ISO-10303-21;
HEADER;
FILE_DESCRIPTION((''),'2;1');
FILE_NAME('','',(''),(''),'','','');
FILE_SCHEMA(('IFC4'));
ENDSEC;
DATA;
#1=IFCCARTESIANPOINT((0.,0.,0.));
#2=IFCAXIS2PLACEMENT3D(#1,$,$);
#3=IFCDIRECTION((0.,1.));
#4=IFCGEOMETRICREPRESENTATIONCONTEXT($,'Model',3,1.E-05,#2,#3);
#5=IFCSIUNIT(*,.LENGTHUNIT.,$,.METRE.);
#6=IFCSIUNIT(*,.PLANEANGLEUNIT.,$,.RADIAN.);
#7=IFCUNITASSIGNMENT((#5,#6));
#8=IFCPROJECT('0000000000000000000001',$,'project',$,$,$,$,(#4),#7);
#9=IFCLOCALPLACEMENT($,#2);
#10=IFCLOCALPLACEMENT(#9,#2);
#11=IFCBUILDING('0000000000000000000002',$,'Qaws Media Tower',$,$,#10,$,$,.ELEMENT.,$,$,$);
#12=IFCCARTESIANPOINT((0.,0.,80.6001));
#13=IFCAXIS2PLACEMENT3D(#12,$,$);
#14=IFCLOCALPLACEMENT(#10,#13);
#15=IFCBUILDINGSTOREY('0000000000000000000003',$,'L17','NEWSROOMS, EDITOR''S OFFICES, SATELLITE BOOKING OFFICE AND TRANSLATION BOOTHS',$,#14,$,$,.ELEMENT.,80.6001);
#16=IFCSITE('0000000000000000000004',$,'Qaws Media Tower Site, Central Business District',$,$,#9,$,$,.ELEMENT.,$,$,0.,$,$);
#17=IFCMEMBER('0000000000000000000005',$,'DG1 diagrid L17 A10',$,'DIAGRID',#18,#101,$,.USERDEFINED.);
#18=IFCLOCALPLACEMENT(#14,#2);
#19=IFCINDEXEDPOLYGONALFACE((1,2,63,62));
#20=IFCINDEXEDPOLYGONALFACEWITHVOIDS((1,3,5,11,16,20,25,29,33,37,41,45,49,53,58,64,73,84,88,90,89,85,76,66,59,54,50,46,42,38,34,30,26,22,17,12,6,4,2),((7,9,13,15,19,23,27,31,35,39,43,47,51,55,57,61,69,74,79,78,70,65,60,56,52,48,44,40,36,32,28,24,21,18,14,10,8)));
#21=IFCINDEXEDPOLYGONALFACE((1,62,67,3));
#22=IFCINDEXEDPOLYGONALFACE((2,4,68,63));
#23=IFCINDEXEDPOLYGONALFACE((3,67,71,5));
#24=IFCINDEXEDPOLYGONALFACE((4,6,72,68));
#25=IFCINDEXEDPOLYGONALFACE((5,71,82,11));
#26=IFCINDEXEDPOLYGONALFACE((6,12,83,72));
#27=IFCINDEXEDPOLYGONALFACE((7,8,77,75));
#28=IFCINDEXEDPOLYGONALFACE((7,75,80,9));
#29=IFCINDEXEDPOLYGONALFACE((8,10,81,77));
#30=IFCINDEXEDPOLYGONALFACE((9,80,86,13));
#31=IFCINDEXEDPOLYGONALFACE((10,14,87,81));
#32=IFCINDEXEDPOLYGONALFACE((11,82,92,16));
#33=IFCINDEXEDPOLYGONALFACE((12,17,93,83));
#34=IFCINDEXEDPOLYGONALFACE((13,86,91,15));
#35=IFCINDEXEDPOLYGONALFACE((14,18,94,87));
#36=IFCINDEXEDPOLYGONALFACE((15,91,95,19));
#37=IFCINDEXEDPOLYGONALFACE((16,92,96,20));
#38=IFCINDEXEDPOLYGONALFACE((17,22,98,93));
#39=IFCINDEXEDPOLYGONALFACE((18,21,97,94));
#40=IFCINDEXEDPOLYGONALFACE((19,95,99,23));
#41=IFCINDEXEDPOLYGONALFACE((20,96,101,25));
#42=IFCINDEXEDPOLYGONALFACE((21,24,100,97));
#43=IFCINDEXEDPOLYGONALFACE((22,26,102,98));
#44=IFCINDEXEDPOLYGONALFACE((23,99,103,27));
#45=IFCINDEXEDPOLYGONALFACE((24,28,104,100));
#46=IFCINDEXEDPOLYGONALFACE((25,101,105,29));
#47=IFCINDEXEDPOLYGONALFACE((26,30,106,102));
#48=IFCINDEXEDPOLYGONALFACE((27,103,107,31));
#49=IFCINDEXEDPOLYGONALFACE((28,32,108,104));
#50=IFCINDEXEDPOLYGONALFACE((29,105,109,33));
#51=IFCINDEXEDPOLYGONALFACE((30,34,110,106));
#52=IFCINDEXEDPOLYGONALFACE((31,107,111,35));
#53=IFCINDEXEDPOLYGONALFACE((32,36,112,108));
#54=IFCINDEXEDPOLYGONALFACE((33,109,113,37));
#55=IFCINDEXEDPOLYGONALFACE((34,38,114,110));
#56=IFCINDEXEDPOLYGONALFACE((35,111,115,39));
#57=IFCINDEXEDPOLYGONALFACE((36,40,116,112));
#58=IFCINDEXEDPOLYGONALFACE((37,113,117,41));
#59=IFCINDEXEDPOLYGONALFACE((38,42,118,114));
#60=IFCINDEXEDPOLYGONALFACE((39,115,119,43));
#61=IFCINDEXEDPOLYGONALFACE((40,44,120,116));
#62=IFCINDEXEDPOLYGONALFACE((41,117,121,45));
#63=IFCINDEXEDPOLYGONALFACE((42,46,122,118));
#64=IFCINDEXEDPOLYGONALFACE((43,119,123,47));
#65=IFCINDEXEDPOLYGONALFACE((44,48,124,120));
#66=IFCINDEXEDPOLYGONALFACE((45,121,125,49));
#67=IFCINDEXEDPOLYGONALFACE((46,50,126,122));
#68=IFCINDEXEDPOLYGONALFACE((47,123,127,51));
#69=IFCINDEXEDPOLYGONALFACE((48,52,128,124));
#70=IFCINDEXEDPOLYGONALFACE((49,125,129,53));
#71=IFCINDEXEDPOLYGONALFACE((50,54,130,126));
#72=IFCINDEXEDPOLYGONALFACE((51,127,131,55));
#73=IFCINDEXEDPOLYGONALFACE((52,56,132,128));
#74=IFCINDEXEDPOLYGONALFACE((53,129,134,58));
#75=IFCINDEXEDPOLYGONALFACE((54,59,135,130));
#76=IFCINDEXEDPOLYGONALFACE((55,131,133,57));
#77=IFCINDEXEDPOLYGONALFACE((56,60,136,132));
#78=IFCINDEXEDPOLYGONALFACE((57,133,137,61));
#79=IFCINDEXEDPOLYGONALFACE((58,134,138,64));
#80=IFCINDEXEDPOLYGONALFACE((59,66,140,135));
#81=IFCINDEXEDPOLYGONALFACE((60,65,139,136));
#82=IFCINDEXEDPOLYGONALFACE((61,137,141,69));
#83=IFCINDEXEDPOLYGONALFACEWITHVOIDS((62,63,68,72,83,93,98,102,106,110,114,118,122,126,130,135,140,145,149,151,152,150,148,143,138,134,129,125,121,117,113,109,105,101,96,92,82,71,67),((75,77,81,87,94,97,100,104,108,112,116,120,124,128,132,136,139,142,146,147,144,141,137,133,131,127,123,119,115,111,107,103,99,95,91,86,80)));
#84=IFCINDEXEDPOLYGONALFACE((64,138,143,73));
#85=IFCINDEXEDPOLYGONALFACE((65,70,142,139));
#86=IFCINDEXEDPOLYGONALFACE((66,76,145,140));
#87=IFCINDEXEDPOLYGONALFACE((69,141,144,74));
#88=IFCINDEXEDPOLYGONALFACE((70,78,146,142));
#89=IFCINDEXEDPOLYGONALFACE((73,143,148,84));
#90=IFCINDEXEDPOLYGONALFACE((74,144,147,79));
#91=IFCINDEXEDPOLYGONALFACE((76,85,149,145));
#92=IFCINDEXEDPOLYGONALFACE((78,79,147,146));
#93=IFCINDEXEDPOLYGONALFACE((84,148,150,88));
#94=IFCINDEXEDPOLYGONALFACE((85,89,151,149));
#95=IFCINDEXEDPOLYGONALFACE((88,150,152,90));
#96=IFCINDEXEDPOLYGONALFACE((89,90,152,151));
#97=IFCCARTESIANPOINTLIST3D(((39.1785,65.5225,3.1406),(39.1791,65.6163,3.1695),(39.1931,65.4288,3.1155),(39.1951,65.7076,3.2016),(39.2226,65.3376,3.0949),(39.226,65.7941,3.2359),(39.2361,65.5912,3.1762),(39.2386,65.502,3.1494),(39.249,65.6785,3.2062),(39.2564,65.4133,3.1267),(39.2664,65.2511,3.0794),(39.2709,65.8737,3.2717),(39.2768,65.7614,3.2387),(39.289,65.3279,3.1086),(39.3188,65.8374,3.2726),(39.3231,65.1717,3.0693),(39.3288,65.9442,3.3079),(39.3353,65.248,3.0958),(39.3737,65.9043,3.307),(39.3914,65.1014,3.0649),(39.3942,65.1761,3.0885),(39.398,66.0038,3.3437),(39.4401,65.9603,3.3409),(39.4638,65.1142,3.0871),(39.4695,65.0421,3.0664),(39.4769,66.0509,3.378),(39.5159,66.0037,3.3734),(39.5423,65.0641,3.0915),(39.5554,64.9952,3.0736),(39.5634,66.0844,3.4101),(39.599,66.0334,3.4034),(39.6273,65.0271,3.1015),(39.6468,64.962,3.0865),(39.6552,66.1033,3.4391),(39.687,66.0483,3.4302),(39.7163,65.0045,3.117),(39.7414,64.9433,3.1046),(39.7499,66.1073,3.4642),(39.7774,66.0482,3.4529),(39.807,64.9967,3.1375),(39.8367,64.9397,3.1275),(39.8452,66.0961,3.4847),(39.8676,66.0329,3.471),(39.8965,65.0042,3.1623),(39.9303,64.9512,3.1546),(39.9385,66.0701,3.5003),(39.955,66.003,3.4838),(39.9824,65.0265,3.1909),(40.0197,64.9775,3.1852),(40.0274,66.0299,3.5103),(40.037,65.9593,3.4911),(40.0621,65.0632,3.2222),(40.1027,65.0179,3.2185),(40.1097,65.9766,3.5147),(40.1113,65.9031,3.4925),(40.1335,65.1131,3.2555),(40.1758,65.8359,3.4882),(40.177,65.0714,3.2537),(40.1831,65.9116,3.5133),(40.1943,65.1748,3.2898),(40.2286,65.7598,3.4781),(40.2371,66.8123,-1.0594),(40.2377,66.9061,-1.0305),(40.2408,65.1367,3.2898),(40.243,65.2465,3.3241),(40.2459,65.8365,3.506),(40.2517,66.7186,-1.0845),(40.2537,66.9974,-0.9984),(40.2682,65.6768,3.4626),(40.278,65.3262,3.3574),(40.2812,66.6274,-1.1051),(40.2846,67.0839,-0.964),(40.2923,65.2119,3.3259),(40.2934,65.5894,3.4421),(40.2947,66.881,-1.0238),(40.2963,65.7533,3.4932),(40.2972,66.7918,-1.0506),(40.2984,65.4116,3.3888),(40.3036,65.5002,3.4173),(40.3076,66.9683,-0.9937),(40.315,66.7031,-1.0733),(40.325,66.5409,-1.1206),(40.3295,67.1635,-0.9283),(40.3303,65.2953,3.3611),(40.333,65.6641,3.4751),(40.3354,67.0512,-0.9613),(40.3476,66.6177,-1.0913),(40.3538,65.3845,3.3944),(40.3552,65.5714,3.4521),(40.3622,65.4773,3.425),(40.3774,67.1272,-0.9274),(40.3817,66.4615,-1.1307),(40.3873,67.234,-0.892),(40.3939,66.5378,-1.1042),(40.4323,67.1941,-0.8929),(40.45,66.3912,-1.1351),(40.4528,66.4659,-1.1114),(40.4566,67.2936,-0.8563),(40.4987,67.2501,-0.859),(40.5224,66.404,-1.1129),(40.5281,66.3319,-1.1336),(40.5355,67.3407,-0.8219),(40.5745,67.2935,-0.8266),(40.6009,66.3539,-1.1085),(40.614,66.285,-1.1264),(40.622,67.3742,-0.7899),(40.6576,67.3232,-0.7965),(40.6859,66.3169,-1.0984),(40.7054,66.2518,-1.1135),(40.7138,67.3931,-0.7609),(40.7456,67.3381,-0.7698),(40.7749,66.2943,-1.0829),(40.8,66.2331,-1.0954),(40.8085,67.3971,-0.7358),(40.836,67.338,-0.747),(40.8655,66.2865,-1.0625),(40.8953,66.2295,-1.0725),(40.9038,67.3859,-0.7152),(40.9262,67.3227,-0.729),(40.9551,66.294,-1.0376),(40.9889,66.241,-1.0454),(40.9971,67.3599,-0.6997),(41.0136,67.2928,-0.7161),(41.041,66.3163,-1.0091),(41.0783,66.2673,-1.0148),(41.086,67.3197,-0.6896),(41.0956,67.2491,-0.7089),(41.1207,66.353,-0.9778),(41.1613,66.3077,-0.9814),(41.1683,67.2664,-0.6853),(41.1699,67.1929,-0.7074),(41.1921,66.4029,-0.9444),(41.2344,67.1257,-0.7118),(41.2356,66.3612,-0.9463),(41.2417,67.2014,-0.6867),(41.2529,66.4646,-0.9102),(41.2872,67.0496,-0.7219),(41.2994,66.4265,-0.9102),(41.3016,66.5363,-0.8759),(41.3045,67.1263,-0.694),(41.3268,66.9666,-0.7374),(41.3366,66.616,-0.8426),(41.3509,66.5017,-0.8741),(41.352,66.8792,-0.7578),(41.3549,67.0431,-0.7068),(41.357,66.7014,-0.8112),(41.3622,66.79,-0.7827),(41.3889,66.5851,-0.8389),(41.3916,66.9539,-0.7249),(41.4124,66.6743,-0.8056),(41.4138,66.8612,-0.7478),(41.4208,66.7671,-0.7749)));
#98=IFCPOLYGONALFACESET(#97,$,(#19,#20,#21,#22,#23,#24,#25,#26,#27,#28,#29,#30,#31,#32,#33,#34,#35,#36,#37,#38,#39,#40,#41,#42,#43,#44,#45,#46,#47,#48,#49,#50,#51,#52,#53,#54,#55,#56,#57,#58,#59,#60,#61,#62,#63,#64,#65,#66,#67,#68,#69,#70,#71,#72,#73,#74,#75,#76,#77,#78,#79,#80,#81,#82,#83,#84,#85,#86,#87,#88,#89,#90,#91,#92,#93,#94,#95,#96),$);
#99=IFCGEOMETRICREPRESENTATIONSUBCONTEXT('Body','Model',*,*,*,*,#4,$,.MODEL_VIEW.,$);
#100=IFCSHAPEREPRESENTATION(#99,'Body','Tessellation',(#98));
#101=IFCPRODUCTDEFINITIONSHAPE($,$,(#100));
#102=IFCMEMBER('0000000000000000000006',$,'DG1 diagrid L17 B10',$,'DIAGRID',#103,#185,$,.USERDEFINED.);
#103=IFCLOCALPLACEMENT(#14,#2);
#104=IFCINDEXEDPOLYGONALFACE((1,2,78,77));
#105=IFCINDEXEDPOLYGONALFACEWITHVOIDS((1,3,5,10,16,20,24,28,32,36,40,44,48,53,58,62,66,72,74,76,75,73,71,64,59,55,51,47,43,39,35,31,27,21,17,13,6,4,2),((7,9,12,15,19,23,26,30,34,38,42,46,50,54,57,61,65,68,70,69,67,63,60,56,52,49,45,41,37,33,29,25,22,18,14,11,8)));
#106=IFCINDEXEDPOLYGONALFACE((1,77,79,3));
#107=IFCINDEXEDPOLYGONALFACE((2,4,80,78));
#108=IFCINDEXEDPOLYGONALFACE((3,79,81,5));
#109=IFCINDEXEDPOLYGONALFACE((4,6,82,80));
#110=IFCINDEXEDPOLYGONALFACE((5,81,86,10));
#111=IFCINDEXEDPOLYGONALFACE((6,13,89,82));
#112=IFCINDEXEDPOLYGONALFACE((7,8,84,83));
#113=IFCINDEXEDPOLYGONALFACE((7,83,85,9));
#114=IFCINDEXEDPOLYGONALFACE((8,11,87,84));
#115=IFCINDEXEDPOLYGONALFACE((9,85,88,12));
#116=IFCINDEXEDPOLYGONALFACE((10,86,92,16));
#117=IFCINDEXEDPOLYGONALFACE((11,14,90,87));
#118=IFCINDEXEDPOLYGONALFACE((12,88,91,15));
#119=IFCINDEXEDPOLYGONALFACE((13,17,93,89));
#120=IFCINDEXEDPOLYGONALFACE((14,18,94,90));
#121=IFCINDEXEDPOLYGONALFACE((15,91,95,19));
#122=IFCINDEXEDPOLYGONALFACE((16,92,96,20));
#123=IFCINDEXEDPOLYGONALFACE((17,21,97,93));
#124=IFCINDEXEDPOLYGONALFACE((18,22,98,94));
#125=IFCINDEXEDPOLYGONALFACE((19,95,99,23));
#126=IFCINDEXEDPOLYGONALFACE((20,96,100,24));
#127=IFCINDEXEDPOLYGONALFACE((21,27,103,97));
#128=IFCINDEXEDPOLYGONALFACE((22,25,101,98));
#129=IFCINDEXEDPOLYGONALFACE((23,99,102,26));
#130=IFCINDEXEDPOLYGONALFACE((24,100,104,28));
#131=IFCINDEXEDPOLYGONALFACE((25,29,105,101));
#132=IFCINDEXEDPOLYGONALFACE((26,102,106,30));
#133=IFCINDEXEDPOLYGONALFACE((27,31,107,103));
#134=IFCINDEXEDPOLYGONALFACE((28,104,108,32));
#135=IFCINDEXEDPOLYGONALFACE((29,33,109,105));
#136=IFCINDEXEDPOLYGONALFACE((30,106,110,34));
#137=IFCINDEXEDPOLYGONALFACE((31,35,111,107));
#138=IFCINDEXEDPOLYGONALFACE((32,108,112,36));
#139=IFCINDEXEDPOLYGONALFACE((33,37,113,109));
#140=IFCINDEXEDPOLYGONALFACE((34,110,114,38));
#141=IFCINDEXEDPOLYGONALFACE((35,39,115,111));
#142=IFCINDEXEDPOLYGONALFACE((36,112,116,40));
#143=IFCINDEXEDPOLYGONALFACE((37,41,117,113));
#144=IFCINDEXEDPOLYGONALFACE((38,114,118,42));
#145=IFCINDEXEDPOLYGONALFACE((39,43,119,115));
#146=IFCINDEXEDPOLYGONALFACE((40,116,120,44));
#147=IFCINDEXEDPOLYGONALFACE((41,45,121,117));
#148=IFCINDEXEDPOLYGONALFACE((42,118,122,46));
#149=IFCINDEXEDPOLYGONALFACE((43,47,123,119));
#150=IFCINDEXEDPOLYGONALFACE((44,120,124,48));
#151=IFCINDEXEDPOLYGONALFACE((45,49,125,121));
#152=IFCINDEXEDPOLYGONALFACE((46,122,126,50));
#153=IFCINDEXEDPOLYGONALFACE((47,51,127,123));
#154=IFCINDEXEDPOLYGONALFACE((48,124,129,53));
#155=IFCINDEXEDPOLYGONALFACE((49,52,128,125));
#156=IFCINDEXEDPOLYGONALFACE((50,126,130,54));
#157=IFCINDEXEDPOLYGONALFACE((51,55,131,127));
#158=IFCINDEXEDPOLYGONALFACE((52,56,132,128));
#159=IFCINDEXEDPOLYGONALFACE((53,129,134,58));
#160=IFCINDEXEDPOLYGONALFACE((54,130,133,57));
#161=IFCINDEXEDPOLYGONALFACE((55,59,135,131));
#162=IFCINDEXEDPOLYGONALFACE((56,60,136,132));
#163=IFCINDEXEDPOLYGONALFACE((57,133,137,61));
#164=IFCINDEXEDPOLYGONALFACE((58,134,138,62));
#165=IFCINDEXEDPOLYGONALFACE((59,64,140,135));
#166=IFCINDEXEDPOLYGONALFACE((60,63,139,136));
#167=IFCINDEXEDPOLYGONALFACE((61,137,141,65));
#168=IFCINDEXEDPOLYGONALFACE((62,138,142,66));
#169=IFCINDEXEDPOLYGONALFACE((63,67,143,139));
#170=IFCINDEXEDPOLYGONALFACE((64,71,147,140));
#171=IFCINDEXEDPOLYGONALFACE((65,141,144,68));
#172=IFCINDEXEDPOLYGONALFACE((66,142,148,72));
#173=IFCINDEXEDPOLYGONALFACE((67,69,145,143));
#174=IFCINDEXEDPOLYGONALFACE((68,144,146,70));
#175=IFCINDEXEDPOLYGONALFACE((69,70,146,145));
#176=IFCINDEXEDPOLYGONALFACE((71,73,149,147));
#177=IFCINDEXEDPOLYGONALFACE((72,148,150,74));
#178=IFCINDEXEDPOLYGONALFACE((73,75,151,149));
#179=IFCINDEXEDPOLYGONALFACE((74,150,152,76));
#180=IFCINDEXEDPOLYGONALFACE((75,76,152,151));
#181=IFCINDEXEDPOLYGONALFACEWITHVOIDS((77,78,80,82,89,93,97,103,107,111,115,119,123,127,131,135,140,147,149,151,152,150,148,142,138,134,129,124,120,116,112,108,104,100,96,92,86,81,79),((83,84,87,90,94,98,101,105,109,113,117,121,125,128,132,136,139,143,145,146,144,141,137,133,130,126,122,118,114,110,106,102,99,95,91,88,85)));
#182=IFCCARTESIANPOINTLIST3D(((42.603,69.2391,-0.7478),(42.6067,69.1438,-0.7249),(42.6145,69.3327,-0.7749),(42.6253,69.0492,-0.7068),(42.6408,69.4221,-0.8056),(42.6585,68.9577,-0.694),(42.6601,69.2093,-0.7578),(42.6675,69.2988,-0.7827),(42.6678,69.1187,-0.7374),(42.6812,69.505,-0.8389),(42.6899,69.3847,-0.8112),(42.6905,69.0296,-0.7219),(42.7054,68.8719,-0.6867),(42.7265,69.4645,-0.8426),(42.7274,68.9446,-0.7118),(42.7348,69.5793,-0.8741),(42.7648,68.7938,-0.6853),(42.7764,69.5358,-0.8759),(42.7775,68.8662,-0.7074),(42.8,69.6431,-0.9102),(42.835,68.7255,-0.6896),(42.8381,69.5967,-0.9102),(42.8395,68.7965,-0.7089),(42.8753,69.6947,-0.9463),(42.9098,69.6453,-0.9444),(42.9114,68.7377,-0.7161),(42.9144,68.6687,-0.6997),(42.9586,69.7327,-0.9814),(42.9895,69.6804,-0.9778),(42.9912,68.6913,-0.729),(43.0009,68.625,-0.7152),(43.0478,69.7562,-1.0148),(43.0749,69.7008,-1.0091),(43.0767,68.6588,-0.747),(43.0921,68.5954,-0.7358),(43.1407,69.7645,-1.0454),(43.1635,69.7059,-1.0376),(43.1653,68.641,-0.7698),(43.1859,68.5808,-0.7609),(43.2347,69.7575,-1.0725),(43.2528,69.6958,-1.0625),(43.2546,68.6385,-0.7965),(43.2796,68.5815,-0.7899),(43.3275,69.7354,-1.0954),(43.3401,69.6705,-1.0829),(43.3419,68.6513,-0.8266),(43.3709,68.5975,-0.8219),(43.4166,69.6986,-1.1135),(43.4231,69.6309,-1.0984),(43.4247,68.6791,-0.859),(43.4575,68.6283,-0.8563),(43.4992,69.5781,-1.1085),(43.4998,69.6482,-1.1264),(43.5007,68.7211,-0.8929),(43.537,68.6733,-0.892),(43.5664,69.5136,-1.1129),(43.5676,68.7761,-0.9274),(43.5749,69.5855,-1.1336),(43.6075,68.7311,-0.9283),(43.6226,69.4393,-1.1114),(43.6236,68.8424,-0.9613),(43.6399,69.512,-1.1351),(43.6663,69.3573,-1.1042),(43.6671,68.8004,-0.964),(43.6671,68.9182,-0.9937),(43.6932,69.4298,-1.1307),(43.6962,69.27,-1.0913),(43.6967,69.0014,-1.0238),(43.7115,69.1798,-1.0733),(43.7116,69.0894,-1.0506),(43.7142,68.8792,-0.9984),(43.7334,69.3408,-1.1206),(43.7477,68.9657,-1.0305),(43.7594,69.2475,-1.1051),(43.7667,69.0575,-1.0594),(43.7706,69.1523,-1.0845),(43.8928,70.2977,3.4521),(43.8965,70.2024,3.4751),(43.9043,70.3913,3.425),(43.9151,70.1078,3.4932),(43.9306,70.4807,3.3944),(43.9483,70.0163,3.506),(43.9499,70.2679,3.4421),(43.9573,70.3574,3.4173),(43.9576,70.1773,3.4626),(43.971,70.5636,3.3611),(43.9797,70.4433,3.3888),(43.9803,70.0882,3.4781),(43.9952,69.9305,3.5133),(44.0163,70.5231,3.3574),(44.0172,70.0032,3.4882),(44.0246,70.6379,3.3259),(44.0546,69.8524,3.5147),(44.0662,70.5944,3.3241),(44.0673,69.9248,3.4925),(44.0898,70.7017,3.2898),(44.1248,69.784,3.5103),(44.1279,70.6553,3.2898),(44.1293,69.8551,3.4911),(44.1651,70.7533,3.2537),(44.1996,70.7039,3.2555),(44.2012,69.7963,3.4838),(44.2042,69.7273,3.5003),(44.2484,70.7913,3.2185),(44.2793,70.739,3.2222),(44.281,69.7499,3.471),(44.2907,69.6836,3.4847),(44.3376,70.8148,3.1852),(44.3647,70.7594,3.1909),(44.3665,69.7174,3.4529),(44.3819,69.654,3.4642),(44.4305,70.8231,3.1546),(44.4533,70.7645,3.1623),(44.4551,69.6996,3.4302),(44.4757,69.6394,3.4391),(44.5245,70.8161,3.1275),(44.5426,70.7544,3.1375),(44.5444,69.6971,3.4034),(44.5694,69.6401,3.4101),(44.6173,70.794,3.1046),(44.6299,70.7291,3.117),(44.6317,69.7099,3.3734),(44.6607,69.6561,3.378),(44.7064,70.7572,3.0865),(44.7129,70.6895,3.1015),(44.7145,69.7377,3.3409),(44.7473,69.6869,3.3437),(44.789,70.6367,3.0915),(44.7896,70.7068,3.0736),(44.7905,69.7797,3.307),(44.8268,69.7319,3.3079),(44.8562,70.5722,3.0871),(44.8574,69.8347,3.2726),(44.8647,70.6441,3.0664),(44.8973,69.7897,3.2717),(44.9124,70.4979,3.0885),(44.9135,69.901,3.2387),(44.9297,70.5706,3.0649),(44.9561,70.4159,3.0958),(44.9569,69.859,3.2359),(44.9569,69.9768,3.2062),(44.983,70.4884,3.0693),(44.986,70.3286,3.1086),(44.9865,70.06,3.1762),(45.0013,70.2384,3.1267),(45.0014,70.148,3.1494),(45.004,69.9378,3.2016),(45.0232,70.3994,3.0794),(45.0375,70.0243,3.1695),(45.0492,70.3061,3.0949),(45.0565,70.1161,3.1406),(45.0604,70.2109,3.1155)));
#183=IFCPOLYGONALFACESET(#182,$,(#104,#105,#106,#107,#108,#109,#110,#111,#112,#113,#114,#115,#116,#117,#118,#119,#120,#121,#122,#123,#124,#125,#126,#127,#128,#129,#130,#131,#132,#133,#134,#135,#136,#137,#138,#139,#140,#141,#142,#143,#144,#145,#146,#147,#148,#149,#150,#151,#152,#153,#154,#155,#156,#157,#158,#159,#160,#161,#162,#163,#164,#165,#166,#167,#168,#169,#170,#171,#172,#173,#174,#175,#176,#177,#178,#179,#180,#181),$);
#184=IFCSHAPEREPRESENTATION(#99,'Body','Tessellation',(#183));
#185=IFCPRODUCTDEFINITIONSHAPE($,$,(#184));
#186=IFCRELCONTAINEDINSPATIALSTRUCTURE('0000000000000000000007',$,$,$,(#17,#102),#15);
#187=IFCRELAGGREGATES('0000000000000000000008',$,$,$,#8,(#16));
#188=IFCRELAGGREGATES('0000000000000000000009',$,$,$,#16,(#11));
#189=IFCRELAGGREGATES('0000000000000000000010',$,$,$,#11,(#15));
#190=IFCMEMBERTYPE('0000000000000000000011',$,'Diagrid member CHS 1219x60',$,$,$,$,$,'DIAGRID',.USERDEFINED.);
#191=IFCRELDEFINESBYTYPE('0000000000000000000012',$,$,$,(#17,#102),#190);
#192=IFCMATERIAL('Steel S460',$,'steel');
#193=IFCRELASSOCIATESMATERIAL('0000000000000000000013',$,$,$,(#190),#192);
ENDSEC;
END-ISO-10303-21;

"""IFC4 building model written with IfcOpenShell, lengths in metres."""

from ifc_helpers import new_model, si_unit, direction, frame, origin, origin_2d, place, context, subcontext, project, spatial, hollow_circle, extrude, material, material_profile, profile_set, type_object, element, save


model = new_model("IFC4")

# Units and contexts
model_context = context("Model", 3, precision=1e-05, world=origin(), true_north=direction((0.0, 1.0)))
body_context = subcontext(model_context, "Body", "Model", "MODEL_VIEW")
ifc_project = project(units=[si_unit("LENGTHUNIT", "METRE"), si_unit("PLANEANGLEUNIT", "RADIAN")], contexts=[model_context])

# Site, building, storey
site_placement = place(None, origin())
site = spatial("IfcSite", under=ifc_project, at=site_placement, Name="Qaws Media Tower Site, Central Business District", CompositionType="ELEMENT", RefElevation=0.0)
building_placement = place(site_placement, origin())
building = spatial("IfcBuilding", under=site, at=building_placement, Name="Qaws Media Tower", CompositionType="ELEMENT")
storey_placement = place(building_placement, frame((0.0, 0.0, 80.6001)))
storey = spatial("IfcBuildingStorey", under=building, at=storey_placement, Name="L17", Description="NEWSROOMS, EDITOR'S OFFICES, SATELLITE BOOKING OFFICE AND TRANSLATION BOOTHS", CompositionType="ELEMENT", Elevation=80.6001)

# Members
ifc_material_1 = material(Name="Steel S460", Category="steel")
ifc_material_profile_1 = material_profile(ifc_material_1, hollow_circle(Radius=0.6096, WallThickness=0.0601, at=origin_2d()), Name="CHS 1219x60")
ifc_profile_set_1 = profile_set([ifc_material_profile_1], Name="Steel S460")
member_type_1 = type_object("IfcMemberType", Name="Diagrid member CHS 1219x60", ElementType="DIAGRID", PredefinedType="USERDEFINED", material=ifc_profile_set_1)
for number, where, z_axis, x_axis, name in (
    (1, (40.8281, 66.8132, -0.9102), (-0.23424, -0.285399, 0.929343), (0.772985, -0.634424, 0.0), "DG1 diagrid L17 A10"),
    (2, (43.1868, 69.1719, -0.9102), (0.285399, 0.23424, 0.929343), (-0.634424, 0.772985, 0.0), "DG1 diagrid L17 B10"),
):
    element("IfcMember", number, at=place(storey_placement, frame(where, z_axis=z_axis, x_axis=x_axis)), inside=storey, type_object=member_type_1, Name=name, ObjectType="DIAGRID", PredefinedType="USERDEFINED", context=body_context, shape_type="SweptSolid", body=[
        extrude(hollow_circle(Radius=0.6096, WallThickness=0.0601, at=origin_2d()), origin(), (0.0, 0.0, 1.0), 4.5193),
    ])

save(model, "model.ifc")
